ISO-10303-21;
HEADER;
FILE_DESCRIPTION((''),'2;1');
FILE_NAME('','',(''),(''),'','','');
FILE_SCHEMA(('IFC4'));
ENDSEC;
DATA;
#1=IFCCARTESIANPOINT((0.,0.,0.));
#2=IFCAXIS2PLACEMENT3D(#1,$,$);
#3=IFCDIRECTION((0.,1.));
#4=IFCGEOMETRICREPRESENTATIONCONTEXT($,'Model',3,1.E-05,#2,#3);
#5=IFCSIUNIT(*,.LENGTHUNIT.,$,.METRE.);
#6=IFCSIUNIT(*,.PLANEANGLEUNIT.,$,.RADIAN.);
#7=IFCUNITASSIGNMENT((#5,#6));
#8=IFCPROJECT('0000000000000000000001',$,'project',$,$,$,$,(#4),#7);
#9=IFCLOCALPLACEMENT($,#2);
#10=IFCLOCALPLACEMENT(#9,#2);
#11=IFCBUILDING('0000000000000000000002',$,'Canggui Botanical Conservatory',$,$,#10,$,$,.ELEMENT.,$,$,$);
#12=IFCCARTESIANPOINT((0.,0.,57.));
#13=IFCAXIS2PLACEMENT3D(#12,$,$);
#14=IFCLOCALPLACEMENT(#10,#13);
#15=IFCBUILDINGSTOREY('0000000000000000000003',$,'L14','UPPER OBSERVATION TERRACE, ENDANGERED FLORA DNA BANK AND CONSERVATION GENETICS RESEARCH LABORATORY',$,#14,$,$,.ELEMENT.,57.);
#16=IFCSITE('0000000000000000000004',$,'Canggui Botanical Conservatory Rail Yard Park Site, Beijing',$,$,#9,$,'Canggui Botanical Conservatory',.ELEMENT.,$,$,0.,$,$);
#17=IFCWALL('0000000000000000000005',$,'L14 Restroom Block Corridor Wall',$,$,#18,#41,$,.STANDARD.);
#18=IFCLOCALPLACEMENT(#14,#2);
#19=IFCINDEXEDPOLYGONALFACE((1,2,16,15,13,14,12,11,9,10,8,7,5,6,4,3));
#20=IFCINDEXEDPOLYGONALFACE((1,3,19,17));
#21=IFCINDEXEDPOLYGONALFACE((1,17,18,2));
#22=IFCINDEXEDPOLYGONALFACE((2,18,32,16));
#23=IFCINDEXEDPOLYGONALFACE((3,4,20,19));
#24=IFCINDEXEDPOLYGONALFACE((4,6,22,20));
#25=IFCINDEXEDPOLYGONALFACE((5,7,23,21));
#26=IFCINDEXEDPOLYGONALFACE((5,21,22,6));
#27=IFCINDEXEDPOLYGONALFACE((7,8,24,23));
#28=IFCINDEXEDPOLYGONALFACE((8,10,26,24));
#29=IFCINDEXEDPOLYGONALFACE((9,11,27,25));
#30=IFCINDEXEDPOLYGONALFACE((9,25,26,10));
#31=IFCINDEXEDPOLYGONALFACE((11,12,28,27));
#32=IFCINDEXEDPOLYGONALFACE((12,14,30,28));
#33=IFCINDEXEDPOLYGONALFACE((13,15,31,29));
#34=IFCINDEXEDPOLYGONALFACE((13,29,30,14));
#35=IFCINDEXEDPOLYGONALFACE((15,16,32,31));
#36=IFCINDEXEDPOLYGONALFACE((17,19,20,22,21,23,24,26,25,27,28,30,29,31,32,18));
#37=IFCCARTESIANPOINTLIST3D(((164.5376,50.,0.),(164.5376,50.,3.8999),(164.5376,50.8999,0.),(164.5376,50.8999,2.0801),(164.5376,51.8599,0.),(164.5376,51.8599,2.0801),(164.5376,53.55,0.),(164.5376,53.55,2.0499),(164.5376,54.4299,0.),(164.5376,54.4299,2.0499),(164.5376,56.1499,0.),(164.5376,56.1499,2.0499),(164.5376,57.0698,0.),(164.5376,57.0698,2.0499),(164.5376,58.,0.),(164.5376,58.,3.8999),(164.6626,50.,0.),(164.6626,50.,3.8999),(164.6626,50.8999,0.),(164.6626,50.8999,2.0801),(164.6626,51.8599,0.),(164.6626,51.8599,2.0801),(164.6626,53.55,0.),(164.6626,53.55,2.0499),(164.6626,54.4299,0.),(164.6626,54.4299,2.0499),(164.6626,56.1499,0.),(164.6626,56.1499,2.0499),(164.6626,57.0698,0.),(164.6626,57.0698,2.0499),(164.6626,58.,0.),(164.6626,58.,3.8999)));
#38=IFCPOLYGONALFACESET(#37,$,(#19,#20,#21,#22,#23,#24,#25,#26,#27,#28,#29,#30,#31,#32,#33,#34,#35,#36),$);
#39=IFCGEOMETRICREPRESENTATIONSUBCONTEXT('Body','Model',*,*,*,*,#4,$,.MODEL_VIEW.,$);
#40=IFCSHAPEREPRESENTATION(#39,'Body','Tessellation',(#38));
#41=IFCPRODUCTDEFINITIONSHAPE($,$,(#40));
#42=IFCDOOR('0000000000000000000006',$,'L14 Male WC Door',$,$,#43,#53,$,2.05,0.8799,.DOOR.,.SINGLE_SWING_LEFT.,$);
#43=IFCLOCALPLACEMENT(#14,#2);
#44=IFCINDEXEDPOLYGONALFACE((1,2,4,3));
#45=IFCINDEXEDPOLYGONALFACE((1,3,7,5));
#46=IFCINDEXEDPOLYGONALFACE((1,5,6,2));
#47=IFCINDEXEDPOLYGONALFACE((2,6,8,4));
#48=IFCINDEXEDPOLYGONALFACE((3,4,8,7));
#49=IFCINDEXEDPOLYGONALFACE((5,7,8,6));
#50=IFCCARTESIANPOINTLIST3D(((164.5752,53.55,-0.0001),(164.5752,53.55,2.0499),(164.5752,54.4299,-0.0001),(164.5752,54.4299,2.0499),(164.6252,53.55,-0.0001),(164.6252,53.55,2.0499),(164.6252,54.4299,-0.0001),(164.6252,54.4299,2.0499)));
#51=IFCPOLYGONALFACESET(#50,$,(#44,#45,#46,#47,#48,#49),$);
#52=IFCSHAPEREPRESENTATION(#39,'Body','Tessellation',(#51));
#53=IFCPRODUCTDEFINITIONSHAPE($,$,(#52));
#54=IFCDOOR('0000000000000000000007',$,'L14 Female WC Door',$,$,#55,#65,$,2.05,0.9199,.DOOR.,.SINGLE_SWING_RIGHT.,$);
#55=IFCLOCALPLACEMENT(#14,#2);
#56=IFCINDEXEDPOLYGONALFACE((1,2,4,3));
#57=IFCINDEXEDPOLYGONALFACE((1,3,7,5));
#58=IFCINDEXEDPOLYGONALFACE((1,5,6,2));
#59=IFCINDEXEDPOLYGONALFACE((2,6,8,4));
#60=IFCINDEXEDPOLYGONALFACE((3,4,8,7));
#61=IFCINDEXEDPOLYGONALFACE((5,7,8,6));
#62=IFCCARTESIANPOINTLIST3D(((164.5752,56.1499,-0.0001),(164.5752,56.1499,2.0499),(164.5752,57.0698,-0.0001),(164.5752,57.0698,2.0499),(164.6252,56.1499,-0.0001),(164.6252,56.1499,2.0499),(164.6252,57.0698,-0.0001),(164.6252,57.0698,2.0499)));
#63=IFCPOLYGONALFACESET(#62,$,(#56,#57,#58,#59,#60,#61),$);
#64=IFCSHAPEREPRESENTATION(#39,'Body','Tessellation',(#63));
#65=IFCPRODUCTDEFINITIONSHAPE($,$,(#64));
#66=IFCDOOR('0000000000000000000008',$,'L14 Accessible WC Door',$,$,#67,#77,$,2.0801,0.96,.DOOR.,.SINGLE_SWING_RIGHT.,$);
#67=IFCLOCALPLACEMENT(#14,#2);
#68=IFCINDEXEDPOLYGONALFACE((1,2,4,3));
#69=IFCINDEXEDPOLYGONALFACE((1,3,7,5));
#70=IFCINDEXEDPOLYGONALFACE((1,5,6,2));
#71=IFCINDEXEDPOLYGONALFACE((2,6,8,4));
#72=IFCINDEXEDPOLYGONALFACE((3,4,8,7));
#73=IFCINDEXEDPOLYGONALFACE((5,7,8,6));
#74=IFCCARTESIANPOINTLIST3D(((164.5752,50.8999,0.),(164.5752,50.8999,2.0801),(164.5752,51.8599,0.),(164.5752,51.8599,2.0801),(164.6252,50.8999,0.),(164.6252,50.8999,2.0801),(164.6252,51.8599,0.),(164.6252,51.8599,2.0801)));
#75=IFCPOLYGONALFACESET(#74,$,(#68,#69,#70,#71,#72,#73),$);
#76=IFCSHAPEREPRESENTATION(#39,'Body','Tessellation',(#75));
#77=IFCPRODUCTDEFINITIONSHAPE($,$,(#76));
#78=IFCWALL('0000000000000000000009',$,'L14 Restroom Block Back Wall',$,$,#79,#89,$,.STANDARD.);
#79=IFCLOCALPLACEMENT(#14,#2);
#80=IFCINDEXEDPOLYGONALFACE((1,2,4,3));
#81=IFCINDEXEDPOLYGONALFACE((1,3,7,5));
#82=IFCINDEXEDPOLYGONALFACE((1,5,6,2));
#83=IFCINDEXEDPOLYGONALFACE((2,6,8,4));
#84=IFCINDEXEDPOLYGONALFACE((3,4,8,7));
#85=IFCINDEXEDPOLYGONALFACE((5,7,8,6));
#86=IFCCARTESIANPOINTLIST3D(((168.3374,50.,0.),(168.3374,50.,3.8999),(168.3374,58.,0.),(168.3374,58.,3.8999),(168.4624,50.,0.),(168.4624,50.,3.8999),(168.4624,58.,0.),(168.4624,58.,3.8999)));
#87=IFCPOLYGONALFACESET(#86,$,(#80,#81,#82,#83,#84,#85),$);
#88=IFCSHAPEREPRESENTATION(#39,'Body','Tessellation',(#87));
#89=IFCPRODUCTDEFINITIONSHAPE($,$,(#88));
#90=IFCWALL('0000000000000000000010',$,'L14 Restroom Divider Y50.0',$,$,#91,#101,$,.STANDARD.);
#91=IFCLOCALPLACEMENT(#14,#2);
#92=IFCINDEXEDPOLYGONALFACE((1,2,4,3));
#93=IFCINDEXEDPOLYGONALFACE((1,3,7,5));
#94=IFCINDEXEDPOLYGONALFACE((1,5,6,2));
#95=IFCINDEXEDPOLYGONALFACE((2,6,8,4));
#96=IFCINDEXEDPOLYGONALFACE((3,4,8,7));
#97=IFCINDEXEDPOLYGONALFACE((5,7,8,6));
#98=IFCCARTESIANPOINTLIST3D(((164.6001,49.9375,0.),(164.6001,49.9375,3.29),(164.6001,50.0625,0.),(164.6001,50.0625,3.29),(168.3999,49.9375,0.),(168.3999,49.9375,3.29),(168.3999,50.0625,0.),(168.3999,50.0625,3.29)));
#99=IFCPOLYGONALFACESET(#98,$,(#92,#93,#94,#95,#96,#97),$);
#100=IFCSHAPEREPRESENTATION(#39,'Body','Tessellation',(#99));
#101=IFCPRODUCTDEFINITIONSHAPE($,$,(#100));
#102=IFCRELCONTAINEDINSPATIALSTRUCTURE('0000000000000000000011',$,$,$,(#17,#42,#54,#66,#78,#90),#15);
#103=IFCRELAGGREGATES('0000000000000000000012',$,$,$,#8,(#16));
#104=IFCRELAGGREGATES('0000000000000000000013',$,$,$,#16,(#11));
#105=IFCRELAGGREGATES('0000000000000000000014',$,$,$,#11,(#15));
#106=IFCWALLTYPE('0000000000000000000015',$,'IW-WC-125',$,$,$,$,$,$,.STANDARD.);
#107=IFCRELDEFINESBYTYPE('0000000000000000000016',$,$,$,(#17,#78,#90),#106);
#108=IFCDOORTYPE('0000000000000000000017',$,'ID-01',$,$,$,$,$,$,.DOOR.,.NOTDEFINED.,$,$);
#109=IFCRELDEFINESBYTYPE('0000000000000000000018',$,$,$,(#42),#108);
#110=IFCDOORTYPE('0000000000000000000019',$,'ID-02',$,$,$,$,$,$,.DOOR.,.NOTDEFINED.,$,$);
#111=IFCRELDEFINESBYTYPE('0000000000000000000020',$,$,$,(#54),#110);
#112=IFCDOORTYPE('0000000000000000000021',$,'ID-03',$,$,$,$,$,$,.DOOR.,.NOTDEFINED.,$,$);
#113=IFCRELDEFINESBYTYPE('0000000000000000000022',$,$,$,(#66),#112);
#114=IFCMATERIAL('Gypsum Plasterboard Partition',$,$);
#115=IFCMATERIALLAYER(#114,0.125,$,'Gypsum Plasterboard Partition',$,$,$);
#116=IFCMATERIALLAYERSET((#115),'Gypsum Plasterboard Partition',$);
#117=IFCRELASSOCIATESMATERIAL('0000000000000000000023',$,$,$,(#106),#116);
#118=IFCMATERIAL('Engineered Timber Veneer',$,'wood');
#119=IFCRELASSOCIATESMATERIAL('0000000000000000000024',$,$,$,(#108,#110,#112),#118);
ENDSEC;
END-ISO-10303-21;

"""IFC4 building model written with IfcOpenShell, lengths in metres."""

from ifc_helpers import new_model, si_unit, direction, frame, frame_2d, origin, place, context, subcontext, project, spatial, rectangle, extrude, material, layer, layer_set, type_object, element, fill, save


model = new_model("IFC4")

# Units and contexts
model_context = context("Model", 3, precision=1e-05, world=origin(), true_north=direction((0.0, 1.0)))
body_context = subcontext(model_context, "Body", "Model", "MODEL_VIEW")
ifc_project = project(units=[si_unit("LENGTHUNIT", "METRE"), si_unit("PLANEANGLEUNIT", "RADIAN")], contexts=[model_context])

# Site, building, storey
site_placement = place(None, origin())
site = spatial("IfcSite", under=ifc_project, at=site_placement, Name="Canggui Botanical Conservatory Rail Yard Park Site, Beijing", LongName="Canggui Botanical Conservatory", CompositionType="ELEMENT", RefElevation=0.0)
building_placement = place(site_placement, origin())
building = spatial("IfcBuilding", under=site, at=building_placement, Name="Canggui Botanical Conservatory", CompositionType="ELEMENT")
storey_placement = place(building_placement, frame((0.0, 0.0, 57.0)))
storey = spatial("IfcBuildingStorey", under=building, at=storey_placement, Name="L14", Description="UPPER OBSERVATION TERRACE, ENDANGERED FLORA DNA BANK AND CONSERVATION GENETICS RESEARCH LABORATORY", CompositionType="ELEMENT", Elevation=57.0)

# Shared definitions
ifc_material_1 = material(Name="Gypsum Plasterboard Partition")
ifc_material_2 = material(Name="Engineered Timber Veneer", Category="wood")

# Wall, openings, doors
ifc_layer_1 = layer(ifc_material_1, 0.125, Name="Gypsum Plasterboard Partition")
ifc_layer_set_1 = layer_set([ifc_layer_1], Name="Gypsum Plasterboard Partition")
wall_type_1 = type_object("IfcWallType", Name="IW-WC-125", PredefinedType="STANDARD", material=ifc_layer_set_1)
wall_1_placement = place(storey_placement, frame((164.6001, 50.0, 0.0), z_axis=(0.0, 0.0, 1.0), x_axis=(0.0, 1.0, 0.0)))
wall_1 = element("IfcWall", 1, at=wall_1_placement, inside=storey, type_object=wall_type_1, Name="L14 Restroom Block Corridor Wall", PredefinedType="STANDARD", context=body_context, shape_type="SweptSolid", body=[
    extrude(rectangle(XDim=8.0, YDim=0.125, at=frame_2d((4.0, 0.0))), origin(), (0.0, 0.0, 1.0), 3.8999),
])
opening_1_placement = place(wall_1_placement, frame((0.8999, 0.0, 0.0)))
opening_1 = element("IfcOpeningElement", 2, at=opening_1_placement, cuts=wall_1, PredefinedType="OPENING", context=body_context, shape_type="SweptSolid", body=[
    extrude(rectangle(XDim=0.96, YDim=2.0801, at=frame_2d((0.48, 1.04))), frame((0.0, 0.0725, 0.0), z_axis=(0.0, -1.0, 0.0), x_axis=(1.0, 0.0, 0.0)), (0.0, 0.0, 1.0), 0.145),
])
opening_2_placement = place(wall_1_placement, frame((3.55, 0.0, 0.0)))
opening_2 = element("IfcOpeningElement", 3, at=opening_2_placement, cuts=wall_1, PredefinedType="OPENING", context=body_context, shape_type="SweptSolid", body=[
    extrude(rectangle(XDim=0.8799, YDim=2.05, at=frame_2d((0.4399, 1.0249))), frame((0.0, 0.0725, 0.0), z_axis=(0.0, -1.0, 0.0), x_axis=(1.0, 0.0, 0.0)), (0.0, 0.0, 1.0), 0.145),
])
opening_3_placement = place(wall_1_placement, frame((6.1499, 0.0, 0.0)))
opening_3 = element("IfcOpeningElement", 4, at=opening_3_placement, cuts=wall_1, PredefinedType="OPENING", context=body_context, shape_type="SweptSolid", body=[
    extrude(rectangle(XDim=0.9199, YDim=2.05, at=frame_2d((0.46, 1.0249))), frame((0.0, 0.0725, 0.0), z_axis=(0.0, -1.0, 0.0), x_axis=(1.0, 0.0, 0.0)), (0.0, 0.0, 1.0), 0.145),
])
door_type_1 = type_object("IfcDoorType", Name="ID-01", OperationType="NOTDEFINED", PredefinedType="DOOR", material=ifc_material_2)
door_1_placement = place(opening_2_placement, origin())
door_1 = element("IfcDoor", 5, at=door_1_placement, inside=storey, type_object=door_type_1, Name="L14 Male WC Door", OperationType="SINGLE_SWING_LEFT", OverallHeight=2.05, OverallWidth=0.8799, PredefinedType="DOOR", context=body_context, shape_type="SweptSolid", body=[
    extrude(rectangle(XDim=0.8799, YDim=2.05, at=frame_2d((0.4399, 1.0249))), frame((0.0, 0.0249, 0.0), z_axis=(0.0, -1.0, 0.0), x_axis=(1.0, 0.0, 0.0)), (0.0, 0.0, 1.0), 0.05),
])
fill(opening_2, door_1)
door_type_2 = type_object("IfcDoorType", Name="ID-02", OperationType="NOTDEFINED", PredefinedType="DOOR", material=ifc_material_2)
door_2_placement = place(opening_3_placement, origin())
door_2 = element("IfcDoor", 6, at=door_2_placement, inside=storey, type_object=door_type_2, Name="L14 Female WC Door", OperationType="SINGLE_SWING_RIGHT", OverallHeight=2.05, OverallWidth=0.9199, PredefinedType="DOOR", context=body_context, shape_type="SweptSolid", body=[
    extrude(rectangle(XDim=0.9199, YDim=2.05, at=frame_2d((0.46, 1.0249))), frame((0.0, 0.0249, 0.0), z_axis=(0.0, -1.0, 0.0), x_axis=(1.0, 0.0, 0.0)), (0.0, 0.0, 1.0), 0.05),
])
fill(opening_3, door_2)
door_type_3 = type_object("IfcDoorType", Name="ID-03", OperationType="NOTDEFINED", PredefinedType="DOOR", material=ifc_material_2)
door_3_placement = place(opening_1_placement, origin())
door_3 = element("IfcDoor", 7, at=door_3_placement, inside=storey, type_object=door_type_3, Name="L14 Accessible WC Door", OperationType="SINGLE_SWING_RIGHT", OverallHeight=2.0801, OverallWidth=0.96, PredefinedType="DOOR", context=body_context, shape_type="SweptSolid", body=[
    extrude(rectangle(XDim=0.96, YDim=2.0801, at=frame_2d((0.48, 1.04))), frame((0.0, 0.0249, 0.0), z_axis=(0.0, -1.0, 0.0), x_axis=(1.0, 0.0, 0.0)), (0.0, 0.0, 1.0), 0.05),
])
fill(opening_1, door_3)

# Walls
wall_2_placement = place(storey_placement, frame((168.3999, 50.0, 0.0), z_axis=(0.0, 0.0, 1.0), x_axis=(0.0, 1.0, 0.0)))
element("IfcWall", 8, at=wall_2_placement, inside=storey, type_object=wall_type_1, Name="L14 Restroom Block Back Wall", PredefinedType="STANDARD", context=body_context, shape_type="SweptSolid", body=[
    extrude(rectangle(XDim=8.0, YDim=0.125, at=frame_2d((4.0, 0.0))), origin(), (0.0, 0.0, 1.0), 3.8999),
])
wall_3_placement = place(storey_placement, frame((164.6001, 50.0, 0.0), z_axis=(0.0, 0.0, 1.0), x_axis=(1.0, 0.0, 0.0)))
element("IfcWall", 9, at=wall_3_placement, inside=storey, type_object=wall_type_1, Name="L14 Restroom Divider Y50.0", PredefinedType="STANDARD", context=body_context, shape_type="SweptSolid", body=[
    extrude(rectangle(XDim=3.7998, YDim=0.125, at=frame_2d((1.8999, 0.0))), origin(), (0.0, 0.0, 1.0), 3.29),
])

save(model, "model.ifc")
